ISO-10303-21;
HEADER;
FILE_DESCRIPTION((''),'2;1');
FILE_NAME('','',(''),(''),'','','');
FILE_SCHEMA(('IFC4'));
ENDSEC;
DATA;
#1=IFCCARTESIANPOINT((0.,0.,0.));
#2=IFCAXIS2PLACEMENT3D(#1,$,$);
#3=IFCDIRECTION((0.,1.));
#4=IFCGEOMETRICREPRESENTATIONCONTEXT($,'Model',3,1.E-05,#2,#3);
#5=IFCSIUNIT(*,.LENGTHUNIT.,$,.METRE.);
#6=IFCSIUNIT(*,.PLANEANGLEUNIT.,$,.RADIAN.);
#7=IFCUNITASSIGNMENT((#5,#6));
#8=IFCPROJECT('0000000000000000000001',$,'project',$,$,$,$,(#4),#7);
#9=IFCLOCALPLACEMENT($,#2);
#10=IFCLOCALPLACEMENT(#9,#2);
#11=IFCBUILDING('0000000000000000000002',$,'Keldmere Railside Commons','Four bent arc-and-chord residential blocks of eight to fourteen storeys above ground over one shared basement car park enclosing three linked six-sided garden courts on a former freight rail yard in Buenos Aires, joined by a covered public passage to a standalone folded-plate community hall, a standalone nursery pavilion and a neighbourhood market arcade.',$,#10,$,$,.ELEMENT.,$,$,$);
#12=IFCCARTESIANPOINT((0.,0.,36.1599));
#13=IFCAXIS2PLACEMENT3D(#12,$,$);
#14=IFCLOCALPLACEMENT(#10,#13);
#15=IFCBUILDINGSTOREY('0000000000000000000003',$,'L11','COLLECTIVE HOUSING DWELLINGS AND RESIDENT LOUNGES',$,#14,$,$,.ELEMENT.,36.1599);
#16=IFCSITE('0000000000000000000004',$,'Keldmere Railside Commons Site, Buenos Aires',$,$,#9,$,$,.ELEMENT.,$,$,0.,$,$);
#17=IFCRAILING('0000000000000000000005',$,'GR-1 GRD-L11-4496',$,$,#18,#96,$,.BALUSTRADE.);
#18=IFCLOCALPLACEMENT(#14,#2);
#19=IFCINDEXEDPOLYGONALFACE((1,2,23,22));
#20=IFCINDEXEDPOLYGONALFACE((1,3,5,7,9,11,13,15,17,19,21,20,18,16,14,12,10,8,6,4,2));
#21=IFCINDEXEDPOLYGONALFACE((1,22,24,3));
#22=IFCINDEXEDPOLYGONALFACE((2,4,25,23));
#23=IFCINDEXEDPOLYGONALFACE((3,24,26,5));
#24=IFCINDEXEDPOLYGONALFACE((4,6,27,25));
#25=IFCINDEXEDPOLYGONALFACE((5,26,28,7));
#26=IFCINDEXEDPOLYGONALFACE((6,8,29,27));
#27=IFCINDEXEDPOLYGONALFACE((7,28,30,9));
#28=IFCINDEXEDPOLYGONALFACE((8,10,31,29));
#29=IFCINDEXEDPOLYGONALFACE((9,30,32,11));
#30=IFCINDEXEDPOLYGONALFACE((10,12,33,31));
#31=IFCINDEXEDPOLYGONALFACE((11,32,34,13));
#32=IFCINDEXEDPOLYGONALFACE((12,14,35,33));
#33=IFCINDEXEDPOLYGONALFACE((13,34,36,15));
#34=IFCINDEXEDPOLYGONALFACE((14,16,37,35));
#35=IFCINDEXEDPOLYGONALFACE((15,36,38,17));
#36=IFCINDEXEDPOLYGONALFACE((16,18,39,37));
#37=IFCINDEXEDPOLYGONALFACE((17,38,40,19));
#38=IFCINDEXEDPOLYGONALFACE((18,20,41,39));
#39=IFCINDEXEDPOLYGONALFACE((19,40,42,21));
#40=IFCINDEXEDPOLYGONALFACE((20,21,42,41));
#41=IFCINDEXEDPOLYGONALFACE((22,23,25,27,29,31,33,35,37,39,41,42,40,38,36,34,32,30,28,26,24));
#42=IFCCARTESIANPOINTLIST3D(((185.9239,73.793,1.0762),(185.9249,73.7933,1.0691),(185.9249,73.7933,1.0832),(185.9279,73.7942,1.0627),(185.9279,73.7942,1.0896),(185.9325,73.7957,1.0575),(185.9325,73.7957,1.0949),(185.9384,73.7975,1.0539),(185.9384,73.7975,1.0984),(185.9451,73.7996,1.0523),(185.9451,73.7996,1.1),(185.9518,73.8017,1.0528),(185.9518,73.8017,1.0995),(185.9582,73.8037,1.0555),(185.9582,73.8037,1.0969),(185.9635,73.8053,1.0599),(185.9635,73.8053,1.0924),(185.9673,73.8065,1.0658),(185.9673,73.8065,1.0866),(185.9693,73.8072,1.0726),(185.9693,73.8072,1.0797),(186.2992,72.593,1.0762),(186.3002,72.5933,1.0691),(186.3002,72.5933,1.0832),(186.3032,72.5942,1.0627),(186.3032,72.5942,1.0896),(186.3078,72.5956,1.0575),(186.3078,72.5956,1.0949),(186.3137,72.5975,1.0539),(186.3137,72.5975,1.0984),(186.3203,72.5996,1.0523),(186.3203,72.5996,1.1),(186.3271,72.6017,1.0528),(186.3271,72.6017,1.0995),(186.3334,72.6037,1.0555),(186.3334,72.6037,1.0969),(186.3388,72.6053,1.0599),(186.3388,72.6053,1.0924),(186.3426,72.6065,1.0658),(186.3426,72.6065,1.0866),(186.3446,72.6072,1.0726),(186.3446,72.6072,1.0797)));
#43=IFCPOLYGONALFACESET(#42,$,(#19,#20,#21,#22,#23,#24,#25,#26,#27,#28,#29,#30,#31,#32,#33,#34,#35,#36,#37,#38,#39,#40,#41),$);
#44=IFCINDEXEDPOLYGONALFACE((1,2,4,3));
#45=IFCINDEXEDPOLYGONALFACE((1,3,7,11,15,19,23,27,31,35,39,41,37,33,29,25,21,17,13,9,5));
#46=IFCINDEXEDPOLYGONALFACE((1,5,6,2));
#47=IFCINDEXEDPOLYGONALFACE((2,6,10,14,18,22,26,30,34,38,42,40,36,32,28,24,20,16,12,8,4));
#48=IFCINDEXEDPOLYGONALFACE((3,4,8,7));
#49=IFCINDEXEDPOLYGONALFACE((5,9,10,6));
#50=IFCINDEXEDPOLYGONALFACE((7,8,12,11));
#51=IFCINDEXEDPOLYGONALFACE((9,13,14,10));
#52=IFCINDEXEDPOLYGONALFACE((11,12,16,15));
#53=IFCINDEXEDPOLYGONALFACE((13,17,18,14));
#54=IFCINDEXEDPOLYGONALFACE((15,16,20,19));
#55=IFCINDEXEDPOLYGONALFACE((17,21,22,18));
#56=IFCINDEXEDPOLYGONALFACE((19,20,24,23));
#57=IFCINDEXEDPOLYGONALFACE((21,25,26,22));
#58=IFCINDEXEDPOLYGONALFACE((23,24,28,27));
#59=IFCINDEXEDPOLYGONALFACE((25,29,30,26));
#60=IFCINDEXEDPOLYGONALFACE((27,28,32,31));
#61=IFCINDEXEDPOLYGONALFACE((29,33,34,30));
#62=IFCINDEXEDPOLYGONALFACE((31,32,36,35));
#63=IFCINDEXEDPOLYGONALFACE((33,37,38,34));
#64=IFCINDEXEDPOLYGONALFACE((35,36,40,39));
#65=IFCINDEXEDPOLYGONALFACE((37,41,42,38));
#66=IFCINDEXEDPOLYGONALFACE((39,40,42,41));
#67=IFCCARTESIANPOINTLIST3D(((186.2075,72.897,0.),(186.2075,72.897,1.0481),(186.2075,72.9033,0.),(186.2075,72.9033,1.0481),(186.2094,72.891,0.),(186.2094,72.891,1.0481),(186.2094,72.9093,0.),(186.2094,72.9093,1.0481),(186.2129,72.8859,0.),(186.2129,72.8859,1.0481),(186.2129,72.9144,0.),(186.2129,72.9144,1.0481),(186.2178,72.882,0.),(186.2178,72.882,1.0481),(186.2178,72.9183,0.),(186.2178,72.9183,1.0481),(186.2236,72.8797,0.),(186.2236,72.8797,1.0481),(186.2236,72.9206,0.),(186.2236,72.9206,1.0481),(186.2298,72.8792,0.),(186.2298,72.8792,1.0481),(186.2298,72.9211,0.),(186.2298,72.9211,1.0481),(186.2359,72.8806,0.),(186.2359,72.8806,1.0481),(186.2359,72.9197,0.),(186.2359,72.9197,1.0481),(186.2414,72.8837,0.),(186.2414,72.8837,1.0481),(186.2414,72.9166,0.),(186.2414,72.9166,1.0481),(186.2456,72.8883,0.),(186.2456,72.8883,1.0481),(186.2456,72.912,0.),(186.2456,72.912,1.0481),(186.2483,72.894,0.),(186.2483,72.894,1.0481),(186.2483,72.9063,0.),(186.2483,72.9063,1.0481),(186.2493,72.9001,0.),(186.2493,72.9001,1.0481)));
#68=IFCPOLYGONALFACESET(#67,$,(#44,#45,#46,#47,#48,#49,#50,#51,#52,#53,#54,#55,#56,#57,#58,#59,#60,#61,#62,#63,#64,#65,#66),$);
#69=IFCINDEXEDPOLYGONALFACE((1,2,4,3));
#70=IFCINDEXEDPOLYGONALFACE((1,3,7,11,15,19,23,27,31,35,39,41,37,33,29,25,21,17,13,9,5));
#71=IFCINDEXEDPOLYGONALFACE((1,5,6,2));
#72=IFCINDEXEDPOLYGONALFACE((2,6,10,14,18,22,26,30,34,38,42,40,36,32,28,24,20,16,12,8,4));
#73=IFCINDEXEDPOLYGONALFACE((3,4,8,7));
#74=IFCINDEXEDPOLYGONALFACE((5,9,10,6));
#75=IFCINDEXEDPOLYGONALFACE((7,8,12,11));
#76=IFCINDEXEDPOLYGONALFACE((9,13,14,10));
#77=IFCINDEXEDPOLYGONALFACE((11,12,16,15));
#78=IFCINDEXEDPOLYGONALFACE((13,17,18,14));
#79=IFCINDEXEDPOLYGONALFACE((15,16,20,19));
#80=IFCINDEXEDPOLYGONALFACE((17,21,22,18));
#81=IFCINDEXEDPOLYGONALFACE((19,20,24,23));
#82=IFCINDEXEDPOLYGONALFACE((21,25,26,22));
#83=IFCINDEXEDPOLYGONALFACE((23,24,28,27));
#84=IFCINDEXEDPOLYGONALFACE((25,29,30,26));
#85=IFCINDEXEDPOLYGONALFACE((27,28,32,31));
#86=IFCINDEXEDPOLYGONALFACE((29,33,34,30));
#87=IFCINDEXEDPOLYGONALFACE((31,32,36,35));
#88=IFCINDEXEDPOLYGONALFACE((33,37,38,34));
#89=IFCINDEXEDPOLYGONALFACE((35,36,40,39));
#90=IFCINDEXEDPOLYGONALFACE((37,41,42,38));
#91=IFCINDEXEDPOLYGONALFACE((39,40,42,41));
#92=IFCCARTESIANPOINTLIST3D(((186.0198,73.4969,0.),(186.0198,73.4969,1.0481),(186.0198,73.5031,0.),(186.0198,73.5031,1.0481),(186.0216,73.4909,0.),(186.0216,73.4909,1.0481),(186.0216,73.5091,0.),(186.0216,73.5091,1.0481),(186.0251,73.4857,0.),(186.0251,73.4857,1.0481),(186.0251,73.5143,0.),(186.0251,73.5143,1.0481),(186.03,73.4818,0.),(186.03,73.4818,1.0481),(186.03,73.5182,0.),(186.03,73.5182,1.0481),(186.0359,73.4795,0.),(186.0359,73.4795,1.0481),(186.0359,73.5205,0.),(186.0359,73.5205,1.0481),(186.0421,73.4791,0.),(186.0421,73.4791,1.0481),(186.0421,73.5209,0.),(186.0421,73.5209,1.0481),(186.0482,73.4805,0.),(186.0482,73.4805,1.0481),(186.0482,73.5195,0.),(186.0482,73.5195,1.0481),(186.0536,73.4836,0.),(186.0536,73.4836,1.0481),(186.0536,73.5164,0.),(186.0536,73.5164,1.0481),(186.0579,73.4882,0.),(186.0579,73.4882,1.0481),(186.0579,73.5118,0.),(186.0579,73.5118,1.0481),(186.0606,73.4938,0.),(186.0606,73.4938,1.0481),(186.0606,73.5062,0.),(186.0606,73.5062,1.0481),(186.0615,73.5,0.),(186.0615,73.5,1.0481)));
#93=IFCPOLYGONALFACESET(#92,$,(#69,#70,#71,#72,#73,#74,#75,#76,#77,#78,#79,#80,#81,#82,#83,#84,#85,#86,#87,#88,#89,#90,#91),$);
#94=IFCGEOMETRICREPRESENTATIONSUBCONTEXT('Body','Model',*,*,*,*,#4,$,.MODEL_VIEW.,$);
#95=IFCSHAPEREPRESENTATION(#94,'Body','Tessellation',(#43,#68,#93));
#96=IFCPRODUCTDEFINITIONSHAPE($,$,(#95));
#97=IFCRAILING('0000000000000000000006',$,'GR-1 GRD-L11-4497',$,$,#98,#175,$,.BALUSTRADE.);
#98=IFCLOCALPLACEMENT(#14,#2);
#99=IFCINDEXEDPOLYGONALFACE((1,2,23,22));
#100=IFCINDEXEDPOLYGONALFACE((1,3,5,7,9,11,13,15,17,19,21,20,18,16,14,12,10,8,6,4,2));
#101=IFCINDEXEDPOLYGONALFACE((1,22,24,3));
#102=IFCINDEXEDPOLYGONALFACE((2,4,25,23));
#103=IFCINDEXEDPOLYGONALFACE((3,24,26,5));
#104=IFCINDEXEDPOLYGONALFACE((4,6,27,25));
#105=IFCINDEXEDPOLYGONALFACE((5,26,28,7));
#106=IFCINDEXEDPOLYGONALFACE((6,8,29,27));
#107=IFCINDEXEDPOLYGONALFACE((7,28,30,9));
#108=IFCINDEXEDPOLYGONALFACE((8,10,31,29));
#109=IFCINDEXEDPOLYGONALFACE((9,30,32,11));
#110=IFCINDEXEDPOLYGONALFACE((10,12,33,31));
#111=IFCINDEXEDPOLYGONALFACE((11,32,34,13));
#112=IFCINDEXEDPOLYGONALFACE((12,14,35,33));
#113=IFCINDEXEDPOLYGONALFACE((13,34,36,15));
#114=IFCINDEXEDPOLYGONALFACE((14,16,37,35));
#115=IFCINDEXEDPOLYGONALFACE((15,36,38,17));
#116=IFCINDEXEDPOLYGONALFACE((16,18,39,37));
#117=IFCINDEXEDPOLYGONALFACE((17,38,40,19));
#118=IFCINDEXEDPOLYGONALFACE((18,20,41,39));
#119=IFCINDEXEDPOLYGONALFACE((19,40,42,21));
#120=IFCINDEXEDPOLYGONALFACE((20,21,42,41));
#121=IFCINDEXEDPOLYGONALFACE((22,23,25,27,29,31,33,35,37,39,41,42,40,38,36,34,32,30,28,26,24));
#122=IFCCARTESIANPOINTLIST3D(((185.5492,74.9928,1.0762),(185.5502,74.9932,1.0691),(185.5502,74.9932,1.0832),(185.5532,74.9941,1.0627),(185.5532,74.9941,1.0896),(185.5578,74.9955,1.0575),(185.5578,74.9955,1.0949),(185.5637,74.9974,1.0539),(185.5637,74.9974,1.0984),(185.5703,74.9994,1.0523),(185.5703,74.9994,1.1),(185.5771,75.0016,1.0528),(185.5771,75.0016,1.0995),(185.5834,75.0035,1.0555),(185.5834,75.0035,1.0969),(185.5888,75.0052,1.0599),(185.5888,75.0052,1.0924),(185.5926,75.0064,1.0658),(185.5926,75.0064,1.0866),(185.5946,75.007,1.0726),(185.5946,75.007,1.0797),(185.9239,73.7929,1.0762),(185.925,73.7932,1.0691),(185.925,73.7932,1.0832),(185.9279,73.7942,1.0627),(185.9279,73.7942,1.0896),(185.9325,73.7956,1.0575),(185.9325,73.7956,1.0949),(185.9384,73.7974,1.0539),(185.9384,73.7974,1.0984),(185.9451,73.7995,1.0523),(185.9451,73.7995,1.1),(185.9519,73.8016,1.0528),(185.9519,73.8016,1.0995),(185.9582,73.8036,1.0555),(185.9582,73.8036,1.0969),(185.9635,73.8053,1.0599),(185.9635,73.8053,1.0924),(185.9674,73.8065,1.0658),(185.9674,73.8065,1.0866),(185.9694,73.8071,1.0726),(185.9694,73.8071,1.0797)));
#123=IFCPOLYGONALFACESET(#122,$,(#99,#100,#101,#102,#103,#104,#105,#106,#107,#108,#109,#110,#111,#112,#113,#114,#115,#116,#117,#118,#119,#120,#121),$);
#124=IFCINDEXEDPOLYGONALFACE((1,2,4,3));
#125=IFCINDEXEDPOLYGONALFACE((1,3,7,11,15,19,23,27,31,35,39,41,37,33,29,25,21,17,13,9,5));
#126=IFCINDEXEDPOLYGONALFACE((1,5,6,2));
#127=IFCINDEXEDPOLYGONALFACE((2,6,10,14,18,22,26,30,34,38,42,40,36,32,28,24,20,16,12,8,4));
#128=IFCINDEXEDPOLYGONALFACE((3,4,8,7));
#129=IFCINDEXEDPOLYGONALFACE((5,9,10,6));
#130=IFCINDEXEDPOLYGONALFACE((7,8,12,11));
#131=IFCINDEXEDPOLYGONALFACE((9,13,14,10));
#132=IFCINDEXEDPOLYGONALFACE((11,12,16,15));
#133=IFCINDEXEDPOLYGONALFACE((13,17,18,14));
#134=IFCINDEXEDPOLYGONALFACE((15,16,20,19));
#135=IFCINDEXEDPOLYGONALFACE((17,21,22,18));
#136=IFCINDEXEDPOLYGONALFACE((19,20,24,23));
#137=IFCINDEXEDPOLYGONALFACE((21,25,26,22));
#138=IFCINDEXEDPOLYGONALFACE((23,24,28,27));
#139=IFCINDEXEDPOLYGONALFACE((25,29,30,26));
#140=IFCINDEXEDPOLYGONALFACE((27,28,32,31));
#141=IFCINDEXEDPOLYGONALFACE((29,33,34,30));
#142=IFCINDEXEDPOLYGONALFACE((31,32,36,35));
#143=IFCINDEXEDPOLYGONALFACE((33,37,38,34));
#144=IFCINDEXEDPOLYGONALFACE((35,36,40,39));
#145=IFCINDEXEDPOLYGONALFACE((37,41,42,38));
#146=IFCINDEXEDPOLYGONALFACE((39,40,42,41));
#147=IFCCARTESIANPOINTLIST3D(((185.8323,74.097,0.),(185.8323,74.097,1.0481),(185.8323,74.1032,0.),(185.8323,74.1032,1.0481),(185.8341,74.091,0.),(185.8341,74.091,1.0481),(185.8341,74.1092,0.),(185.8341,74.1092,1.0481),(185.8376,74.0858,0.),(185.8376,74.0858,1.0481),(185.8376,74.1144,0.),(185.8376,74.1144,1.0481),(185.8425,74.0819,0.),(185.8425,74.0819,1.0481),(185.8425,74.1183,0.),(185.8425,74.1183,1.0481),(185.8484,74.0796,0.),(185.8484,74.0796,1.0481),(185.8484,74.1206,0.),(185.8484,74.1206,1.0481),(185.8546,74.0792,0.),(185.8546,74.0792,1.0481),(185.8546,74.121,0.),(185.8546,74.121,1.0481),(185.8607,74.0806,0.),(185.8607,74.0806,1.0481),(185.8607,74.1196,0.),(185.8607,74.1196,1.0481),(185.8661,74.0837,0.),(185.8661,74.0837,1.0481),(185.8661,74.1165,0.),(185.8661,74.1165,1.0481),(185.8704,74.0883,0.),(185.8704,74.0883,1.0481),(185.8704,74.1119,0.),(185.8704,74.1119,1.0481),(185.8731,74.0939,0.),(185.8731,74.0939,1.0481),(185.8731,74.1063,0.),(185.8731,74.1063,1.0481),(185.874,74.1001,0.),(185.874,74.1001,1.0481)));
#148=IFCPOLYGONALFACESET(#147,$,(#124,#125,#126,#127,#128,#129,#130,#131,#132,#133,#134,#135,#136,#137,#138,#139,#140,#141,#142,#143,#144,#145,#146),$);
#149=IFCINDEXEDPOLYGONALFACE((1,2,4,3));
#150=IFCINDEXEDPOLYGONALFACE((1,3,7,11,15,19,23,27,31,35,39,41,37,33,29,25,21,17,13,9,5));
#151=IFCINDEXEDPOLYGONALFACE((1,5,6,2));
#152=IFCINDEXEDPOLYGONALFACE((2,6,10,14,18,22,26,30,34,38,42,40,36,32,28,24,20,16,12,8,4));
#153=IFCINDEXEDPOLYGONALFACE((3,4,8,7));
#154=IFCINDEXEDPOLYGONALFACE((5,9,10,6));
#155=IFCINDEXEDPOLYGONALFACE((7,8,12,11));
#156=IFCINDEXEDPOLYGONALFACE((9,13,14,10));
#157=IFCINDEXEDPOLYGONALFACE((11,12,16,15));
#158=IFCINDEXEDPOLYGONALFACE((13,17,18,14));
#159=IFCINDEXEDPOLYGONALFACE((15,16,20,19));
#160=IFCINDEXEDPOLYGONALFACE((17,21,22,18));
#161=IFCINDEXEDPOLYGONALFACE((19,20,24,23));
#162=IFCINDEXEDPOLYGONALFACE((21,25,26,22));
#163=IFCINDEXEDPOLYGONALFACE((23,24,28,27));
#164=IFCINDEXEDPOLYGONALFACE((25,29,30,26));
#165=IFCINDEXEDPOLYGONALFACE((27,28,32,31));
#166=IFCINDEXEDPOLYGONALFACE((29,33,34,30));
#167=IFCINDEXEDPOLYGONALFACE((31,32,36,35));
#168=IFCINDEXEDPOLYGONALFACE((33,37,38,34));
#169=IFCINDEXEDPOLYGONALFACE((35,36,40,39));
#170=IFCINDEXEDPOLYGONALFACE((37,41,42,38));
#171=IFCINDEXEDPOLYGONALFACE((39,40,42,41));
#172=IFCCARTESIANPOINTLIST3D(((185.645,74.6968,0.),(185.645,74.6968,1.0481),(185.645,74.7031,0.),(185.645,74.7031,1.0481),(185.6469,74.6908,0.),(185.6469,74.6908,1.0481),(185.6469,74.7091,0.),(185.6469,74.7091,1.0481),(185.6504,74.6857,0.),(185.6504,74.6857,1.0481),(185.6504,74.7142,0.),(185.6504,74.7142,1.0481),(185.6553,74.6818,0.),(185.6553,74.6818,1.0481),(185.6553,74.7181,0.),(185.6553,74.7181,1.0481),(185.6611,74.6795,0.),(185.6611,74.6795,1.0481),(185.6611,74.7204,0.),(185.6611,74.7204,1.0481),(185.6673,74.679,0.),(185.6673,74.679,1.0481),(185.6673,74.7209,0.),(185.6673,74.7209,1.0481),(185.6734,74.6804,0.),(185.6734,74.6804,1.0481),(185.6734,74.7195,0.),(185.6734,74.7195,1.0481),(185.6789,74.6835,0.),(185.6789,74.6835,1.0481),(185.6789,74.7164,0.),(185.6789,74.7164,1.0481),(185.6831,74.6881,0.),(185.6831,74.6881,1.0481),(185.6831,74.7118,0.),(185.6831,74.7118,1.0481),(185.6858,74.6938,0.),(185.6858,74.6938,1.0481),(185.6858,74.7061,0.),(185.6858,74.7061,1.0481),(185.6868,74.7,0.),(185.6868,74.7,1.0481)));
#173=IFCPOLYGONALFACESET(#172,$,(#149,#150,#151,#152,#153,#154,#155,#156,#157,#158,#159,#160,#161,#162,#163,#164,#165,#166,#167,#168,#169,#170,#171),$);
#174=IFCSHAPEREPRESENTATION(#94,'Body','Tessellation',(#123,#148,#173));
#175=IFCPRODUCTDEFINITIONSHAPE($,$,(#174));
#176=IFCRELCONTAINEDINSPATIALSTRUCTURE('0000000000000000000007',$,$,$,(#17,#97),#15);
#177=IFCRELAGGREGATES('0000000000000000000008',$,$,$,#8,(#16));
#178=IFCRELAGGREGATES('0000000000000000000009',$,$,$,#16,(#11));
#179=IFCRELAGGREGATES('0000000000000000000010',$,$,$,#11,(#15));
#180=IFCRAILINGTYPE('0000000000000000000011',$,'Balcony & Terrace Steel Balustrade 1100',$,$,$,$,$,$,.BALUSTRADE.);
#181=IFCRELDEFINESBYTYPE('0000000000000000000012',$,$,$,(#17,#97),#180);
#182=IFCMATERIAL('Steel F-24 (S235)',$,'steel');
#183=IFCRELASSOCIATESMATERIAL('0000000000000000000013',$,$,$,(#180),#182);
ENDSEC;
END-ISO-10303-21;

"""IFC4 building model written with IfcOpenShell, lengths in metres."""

from ifc_helpers import new_model, si_unit, direction, frame, origin, origin_2d, place, context, subcontext, project, spatial, circle, extrude, material, type_object, element, save


model = new_model("IFC4")

# Units and contexts
model_context = context("Model", 3, precision=1e-05, world=origin(), true_north=direction((0.0, 1.0)))
body_context = subcontext(model_context, "Body", "Model", "MODEL_VIEW")
ifc_project = project(units=[si_unit("LENGTHUNIT", "METRE"), si_unit("PLANEANGLEUNIT", "RADIAN")], contexts=[model_context])

# Site, building, storey
site_placement = place(None, origin())
site = spatial("IfcSite", under=ifc_project, at=site_placement, Name="Keldmere Railside Commons Site, Buenos Aires", CompositionType="ELEMENT", RefElevation=0.0)
building_placement = place(site_placement, origin())
building = spatial("IfcBuilding", under=site, at=building_placement, Name="Keldmere Railside Commons", Description="Four bent arc-and-chord residential blocks of eight to fourteen storeys above ground over one shared basement car park enclosing three linked six-sided garden courts on a former freight rail yard in Buenos Aires, joined by a covered public passage to a standalone folded-plate community hall, a standalone nursery pavilion and a neighbourhood market arcade.", CompositionType="ELEMENT")
storey_placement = place(building_placement, frame((0.0, 0.0, 36.1599)))
storey = spatial("IfcBuildingStorey", under=building, at=storey_placement, Name="L11", Description="COLLECTIVE HOUSING DWELLINGS AND RESIDENT LOUNGES", CompositionType="ELEMENT", Elevation=36.1599)

# Shared definitions
ifc_material_1 = material(Name="Steel F-24 (S235)", Category="steel")

# Railings
railing_type_1 = type_object("IfcRailingType", Name="Balcony & Terrace Steel Balustrade 1100", PredefinedType="BALUSTRADE", material=ifc_material_1)
railing_1_placement = place(storey_placement, frame((186.322, 72.6001, 0.0)))
element("IfcRailing", 1, at=railing_1_placement, inside=storey, type_object=railing_type_1, Name="GR-1 GRD-L11-4496", PredefinedType="BALUSTRADE", context=body_context, shape_type="SweptSolid", body=[
    extrude(circle(Radius=0.0239, at=origin_2d()), frame((0.0, 0.0, 1.0762), z_axis=(-0.298463, 0.954421, 0.0), x_axis=(-0.954421, -0.298463, 0.0)), (0.0, 0.0, 1.0), 1.2573),
    extrude(circle(Radius=0.021, at=origin_2d()), frame((-0.0938, 0.3, 0.0)), (0.0, 0.0, 1.0), 1.0481),
    extrude(circle(Radius=0.021, at=origin_2d()), frame((-0.2815, 0.8999, 0.0)), (0.0, 0.0, 1.0), 1.0481),
])
railing_2_placement = place(storey_placement, frame((185.9468, 73.8, 0.0)))
element("IfcRailing", 2, at=railing_2_placement, inside=storey, type_object=railing_type_1, Name="GR-1 GRD-L11-4497", PredefinedType="BALUSTRADE", context=body_context, shape_type="SweptSolid", body=[
    extrude(circle(Radius=0.0239, at=origin_2d()), frame((0.0, 0.0, 1.0762), z_axis=(-0.298109, 0.954532, 0.0), x_axis=(-0.954532, -0.298109, 0.0)), (0.0, 0.0, 1.0), 1.2571),
    extrude(circle(Radius=0.021, at=origin_2d()), frame((-0.0938, 0.3, 0.0)), (0.0, 0.0, 1.0), 1.0481),
    extrude(circle(Radius=0.021, at=origin_2d()), frame((-0.281, 0.8999, 0.0)), (0.0, 0.0, 1.0), 1.0481),
])

save(model, "model.ifc")
